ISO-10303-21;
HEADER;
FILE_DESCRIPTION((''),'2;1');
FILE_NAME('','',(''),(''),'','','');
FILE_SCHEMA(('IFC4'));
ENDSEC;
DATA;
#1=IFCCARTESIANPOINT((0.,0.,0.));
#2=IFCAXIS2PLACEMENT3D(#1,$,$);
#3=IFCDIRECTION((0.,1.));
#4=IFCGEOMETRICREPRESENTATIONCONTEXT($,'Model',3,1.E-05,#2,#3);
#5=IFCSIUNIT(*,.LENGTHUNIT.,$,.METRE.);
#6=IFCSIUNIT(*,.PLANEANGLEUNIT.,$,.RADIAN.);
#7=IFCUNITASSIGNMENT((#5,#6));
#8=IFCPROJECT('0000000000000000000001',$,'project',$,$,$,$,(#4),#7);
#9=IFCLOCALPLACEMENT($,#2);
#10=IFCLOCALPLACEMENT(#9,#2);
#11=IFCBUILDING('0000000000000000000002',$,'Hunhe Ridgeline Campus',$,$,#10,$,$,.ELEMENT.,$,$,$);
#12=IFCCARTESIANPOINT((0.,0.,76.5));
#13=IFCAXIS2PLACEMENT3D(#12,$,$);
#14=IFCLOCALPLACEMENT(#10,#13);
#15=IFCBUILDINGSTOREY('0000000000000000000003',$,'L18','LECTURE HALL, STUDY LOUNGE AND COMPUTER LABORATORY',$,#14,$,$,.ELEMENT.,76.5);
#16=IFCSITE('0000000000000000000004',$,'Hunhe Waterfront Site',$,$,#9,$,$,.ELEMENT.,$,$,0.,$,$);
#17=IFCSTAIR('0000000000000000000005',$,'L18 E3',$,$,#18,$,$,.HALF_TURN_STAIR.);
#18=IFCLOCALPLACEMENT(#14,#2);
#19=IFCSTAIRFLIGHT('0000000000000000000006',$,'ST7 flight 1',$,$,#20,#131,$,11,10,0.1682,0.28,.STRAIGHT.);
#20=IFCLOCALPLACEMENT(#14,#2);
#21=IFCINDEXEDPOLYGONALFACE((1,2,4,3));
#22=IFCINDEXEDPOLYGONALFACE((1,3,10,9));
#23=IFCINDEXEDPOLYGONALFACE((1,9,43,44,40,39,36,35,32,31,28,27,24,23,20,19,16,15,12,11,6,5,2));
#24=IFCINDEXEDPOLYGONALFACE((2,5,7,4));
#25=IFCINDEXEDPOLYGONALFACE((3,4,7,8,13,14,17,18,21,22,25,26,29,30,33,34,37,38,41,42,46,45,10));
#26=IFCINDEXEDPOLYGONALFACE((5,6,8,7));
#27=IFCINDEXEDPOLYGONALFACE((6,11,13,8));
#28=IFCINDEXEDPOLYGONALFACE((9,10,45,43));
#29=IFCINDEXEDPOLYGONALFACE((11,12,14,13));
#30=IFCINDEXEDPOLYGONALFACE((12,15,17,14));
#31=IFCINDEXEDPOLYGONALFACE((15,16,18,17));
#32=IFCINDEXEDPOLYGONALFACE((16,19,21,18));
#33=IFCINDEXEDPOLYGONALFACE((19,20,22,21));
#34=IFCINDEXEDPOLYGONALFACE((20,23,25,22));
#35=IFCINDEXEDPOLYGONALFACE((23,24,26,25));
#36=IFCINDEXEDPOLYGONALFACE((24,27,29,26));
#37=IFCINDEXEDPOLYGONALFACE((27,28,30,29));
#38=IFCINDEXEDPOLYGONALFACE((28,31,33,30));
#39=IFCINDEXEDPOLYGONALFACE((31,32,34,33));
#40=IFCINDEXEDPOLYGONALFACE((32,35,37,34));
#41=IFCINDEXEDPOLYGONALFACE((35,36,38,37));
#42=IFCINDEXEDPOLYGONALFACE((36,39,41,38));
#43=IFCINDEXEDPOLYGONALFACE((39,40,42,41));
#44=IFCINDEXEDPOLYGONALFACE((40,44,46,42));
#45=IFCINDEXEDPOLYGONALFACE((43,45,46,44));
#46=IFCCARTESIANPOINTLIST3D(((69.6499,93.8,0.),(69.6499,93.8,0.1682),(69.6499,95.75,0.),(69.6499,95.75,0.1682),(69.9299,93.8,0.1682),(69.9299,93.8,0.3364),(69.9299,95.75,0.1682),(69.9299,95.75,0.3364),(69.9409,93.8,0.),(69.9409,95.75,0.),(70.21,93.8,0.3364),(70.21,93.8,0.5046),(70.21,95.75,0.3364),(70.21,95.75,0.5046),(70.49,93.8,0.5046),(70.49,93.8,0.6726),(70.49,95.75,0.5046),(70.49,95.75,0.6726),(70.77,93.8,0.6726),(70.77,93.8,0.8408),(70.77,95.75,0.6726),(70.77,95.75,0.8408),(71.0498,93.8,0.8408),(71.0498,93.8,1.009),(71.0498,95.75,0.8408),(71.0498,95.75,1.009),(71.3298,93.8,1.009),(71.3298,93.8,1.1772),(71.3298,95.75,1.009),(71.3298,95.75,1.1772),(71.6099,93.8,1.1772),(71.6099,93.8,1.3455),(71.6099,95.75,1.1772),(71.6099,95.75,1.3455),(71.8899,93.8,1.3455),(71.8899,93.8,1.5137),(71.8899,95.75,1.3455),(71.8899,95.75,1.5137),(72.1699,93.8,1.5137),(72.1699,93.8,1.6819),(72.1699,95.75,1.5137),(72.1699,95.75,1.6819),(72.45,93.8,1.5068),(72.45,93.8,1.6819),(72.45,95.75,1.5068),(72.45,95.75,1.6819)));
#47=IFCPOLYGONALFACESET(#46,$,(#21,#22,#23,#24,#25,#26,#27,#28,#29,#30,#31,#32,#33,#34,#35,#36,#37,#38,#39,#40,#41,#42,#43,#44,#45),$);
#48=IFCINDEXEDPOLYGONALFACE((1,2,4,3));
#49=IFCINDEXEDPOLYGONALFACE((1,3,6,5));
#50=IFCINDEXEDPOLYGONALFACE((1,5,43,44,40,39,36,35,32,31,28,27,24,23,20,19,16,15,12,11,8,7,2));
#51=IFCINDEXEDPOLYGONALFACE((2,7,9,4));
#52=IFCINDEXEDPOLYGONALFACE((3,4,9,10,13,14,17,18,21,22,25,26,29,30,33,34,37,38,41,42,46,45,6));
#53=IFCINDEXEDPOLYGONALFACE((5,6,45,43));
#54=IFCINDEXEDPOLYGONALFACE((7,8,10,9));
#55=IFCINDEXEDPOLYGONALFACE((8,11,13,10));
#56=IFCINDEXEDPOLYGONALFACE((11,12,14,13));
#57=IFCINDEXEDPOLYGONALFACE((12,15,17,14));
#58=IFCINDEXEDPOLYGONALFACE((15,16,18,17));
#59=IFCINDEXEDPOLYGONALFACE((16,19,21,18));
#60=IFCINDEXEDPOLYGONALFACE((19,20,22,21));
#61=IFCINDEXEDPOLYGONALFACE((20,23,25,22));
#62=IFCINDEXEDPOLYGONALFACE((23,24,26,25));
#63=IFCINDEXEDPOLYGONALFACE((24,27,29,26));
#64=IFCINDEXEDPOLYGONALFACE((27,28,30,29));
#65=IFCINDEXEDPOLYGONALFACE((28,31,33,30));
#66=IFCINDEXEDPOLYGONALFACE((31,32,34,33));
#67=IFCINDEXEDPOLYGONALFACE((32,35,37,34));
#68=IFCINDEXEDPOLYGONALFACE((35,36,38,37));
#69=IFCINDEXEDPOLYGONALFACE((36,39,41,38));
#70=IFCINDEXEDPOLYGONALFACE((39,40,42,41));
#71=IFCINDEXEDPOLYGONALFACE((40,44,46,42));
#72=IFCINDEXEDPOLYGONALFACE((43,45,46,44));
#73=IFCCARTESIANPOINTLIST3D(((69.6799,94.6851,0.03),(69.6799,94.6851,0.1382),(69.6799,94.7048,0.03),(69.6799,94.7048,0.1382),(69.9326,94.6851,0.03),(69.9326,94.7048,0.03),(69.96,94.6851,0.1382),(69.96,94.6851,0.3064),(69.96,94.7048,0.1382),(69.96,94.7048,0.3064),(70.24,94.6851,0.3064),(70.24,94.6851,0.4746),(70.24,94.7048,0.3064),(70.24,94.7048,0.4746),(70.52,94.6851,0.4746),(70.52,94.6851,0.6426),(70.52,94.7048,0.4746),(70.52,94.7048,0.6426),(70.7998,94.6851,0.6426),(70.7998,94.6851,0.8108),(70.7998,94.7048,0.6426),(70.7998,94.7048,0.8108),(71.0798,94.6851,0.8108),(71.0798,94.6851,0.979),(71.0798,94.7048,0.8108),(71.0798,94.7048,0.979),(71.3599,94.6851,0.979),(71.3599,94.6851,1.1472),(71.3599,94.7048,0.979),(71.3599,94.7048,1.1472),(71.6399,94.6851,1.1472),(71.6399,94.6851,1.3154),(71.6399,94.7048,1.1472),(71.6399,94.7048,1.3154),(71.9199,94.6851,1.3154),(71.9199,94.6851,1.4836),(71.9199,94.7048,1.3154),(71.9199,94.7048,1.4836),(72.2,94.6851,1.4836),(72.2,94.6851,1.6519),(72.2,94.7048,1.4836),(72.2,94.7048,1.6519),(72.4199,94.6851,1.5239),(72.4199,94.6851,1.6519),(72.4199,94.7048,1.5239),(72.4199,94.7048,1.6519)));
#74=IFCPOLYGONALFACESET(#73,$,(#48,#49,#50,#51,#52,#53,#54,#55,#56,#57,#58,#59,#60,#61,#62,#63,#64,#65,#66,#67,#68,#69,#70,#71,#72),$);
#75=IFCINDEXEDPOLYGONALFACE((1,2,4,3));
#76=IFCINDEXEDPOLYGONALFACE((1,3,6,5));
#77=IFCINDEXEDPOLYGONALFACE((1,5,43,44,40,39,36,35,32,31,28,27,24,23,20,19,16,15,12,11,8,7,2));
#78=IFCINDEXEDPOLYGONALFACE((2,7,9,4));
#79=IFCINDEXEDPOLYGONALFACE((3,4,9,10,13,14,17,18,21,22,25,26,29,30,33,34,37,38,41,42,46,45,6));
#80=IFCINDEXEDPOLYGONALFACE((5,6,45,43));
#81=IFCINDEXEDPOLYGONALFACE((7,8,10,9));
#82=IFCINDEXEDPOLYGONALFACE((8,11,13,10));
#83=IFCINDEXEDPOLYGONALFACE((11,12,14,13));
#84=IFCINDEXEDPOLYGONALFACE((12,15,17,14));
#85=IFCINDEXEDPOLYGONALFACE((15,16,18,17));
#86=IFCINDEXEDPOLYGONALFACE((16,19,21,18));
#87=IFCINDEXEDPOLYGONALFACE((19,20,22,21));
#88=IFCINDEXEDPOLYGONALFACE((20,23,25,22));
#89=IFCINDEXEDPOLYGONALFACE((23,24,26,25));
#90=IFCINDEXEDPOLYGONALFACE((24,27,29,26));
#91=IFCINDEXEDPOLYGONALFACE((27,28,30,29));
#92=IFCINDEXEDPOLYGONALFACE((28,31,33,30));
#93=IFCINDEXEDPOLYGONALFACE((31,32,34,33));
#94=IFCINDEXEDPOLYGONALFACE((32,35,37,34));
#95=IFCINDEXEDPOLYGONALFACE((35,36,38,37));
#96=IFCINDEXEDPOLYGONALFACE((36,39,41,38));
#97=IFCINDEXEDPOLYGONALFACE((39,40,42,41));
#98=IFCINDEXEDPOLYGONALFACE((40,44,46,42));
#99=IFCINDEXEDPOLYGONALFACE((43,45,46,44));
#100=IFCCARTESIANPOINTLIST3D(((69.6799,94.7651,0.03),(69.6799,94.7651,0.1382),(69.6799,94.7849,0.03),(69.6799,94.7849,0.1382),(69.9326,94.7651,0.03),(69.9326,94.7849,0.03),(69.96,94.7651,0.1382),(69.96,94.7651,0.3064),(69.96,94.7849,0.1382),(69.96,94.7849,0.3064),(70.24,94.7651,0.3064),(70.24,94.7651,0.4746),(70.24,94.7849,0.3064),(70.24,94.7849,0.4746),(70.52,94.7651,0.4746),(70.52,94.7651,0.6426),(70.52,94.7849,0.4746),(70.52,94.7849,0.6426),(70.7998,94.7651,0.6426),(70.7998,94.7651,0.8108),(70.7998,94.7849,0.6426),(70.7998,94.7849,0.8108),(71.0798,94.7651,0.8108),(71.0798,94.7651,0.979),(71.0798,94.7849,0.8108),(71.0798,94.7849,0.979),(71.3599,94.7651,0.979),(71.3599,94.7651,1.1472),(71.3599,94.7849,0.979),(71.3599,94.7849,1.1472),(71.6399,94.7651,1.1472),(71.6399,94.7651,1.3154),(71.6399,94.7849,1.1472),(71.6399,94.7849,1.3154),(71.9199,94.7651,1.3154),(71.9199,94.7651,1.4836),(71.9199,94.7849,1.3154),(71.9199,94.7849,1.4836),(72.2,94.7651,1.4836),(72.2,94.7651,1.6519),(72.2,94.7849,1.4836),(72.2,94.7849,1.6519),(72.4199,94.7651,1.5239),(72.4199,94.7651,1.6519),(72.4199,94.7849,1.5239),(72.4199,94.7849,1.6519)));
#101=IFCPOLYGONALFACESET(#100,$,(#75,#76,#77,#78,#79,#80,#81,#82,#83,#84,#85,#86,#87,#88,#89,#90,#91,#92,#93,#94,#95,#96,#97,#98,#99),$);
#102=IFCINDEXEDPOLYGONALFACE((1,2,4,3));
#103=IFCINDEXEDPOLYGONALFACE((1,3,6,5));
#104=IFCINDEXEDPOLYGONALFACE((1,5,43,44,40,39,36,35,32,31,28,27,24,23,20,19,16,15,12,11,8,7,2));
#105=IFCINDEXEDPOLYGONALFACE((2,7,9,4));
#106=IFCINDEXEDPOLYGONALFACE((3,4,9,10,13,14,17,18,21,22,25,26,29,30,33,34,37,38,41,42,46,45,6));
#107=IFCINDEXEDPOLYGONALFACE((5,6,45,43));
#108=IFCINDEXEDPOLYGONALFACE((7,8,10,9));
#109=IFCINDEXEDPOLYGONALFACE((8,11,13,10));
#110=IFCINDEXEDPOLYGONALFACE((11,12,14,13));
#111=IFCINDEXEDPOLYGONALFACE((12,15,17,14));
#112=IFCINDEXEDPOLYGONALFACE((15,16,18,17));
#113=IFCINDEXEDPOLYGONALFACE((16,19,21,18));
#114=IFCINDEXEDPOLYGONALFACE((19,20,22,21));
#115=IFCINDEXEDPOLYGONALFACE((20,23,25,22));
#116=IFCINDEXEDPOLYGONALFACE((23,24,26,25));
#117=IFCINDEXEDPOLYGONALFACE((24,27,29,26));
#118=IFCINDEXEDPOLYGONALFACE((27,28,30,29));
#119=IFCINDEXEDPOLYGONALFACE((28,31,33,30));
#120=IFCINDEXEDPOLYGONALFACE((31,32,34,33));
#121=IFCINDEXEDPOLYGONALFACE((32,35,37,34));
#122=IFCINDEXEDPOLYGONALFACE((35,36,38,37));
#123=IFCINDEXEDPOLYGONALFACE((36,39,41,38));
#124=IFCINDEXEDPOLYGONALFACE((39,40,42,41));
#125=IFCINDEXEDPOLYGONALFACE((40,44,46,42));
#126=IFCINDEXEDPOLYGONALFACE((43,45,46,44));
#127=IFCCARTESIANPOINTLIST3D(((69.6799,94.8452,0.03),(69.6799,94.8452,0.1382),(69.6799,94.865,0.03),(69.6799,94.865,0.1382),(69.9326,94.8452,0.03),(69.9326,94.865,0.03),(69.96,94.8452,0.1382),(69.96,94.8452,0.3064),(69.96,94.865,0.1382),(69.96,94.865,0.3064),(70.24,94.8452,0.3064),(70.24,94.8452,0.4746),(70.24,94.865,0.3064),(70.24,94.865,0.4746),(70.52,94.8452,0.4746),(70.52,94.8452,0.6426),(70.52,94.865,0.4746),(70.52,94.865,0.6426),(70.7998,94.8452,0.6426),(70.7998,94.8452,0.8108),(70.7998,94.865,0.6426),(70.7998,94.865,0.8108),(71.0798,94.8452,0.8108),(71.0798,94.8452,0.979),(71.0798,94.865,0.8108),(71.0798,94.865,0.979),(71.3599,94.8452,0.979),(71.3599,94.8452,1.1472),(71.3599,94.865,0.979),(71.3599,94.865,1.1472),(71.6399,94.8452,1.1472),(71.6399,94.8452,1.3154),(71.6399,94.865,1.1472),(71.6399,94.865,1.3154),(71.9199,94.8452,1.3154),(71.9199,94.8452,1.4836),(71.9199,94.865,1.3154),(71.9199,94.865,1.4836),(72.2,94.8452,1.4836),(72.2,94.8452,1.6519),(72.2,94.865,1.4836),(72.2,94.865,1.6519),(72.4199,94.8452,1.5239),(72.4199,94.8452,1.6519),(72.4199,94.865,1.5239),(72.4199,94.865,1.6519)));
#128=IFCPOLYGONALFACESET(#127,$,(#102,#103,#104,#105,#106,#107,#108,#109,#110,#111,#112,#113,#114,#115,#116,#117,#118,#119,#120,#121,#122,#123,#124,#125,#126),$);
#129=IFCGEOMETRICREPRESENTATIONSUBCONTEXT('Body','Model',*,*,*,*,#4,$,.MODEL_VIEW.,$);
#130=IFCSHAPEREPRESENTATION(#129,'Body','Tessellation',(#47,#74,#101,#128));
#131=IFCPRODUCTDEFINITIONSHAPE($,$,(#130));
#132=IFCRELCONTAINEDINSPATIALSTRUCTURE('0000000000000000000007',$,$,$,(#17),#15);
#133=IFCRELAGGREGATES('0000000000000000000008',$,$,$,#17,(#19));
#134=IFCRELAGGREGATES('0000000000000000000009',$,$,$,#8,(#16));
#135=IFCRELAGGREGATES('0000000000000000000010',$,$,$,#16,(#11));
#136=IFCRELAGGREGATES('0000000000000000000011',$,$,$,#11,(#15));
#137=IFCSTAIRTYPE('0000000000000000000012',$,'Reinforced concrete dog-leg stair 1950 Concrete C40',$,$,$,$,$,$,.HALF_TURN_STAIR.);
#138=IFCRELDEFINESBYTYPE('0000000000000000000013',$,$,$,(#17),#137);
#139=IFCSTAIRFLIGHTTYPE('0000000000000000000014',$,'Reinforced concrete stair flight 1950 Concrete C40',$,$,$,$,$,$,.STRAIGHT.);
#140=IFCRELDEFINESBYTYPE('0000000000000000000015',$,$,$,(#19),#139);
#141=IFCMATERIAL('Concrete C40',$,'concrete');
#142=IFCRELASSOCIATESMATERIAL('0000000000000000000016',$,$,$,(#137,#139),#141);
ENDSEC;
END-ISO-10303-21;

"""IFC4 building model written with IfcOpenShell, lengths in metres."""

from ifc_helpers import new_model, si_unit, direction, frame, origin, place, context, subcontext, project, spatial, polyline, outline, extrude, material, type_object, element, aggregate, save


model = new_model("IFC4")

# Units and contexts
model_context = context("Model", 3, precision=1e-05, world=origin(), true_north=direction((0.0, 1.0)))
body_context = subcontext(model_context, "Body", "Model", "MODEL_VIEW")
ifc_project = project(units=[si_unit("LENGTHUNIT", "METRE"), si_unit("PLANEANGLEUNIT", "RADIAN")], contexts=[model_context])

# Site, building, storey
site_placement = place(None, origin())
site = spatial("IfcSite", under=ifc_project, at=site_placement, Name="Hunhe Waterfront Site", CompositionType="ELEMENT", RefElevation=0.0)
building_placement = place(site_placement, origin())
building = spatial("IfcBuilding", under=site, at=building_placement, Name="Hunhe Ridgeline Campus", CompositionType="ELEMENT")
storey_placement = place(building_placement, frame((0.0, 0.0, 76.5)))
storey = spatial("IfcBuildingStorey", under=building, at=storey_placement, Name="L18", Description="LECTURE HALL, STUDY LOUNGE AND COMPUTER LABORATORY", CompositionType="ELEMENT", Elevation=76.5)

# Shared definitions
ifc_material_1 = material(Name="Concrete C40", Category="concrete")
stair_type = type_object("IfcStairType", Name="Reinforced concrete dog-leg stair 1950 Concrete C40", PredefinedType="HALF_TURN_STAIR", material=ifc_material_1)
stair_flight_type = type_object("IfcStairFlightType", Name="Reinforced concrete stair flight 1950 Concrete C40", PredefinedType="STRAIGHT", material=ifc_material_1)

# Stair, stair flight
stair_1_placement = place(storey_placement, origin())
stair_1 = element("IfcStair", 1, at=stair_1_placement, inside=storey, type_object=stair_type, Name="L18 E3", PredefinedType="HALF_TURN_STAIR")
stair_flight_1_placement = place(storey_placement, frame((69.6499, 94.7749, 0.0), z_axis=(0.0, 0.0, 1.0), x_axis=(1.0, 0.0, 0.0)))
stair_flight_1 = element("IfcStairFlight", 2, at=stair_flight_1_placement, type_object=stair_flight_type, Name="ST7 flight 1", NumberOfRisers=11, NumberOfTreads=10, PredefinedType="STRAIGHT", RiserHeight=0.1682, TreadLength=0.28, context=body_context, shape_type="SweptSolid", body=[
    extrude(outline(polyline([(0.0, 0.0), (0.0, 0.1682), (0.28, 0.1682), (0.28, 0.3364), (0.5601, 0.3364), (0.5601, 0.5046), (0.8401, 0.5046), (0.8401, 0.6726), (1.1201, 0.6726), (1.1201, 0.8408), (1.3999, 0.8408), (1.3999, 1.009), (1.6799, 1.009), (1.6799, 1.1772), (1.96, 1.1772), (1.96, 1.3455), (2.24, 1.3455), (2.24, 1.5137), (2.52, 1.5137), (2.52, 1.6819), (2.8, 1.6819), (2.8, 1.8501), (2.8, 1.5068), (0.291, 0.0), (0.0, 0.0)])), frame((0.0, 0.9751, 0.0), z_axis=(0.0, -1.0, 0.0), x_axis=(1.0, 0.0, 0.0)), (0.0, 0.0, 1.0), 1.95),
    extrude(outline(polyline([(0.03, 0.03), (0.03, 0.1382), (0.3101, 0.1382), (0.3101, 0.3064), (0.5901, 0.3064), (0.5901, 0.4746), (0.8701, 0.4746), (0.8701, 0.6426), (1.1499, 0.6426), (1.1499, 0.8108), (1.4299, 0.8108), (1.4299, 0.979), (1.71, 0.979), (1.71, 1.1472), (1.99, 1.1472), (1.99, 1.3154), (2.27, 1.3154), (2.27, 1.4836), (2.55, 1.4836), (2.55, 1.6519), (2.77, 1.6519), (2.77, 1.5239), (0.2827, 0.03), (0.03, 0.03)])), frame((0.0, -0.0701, 0.0), z_axis=(0.0, -1.0, 0.0), x_axis=(1.0, 0.0, 0.0)), (0.0, 0.0, 1.0), 0.0198),
    extrude(outline(polyline([(0.03, 0.03), (0.03, 0.1382), (0.3101, 0.1382), (0.3101, 0.3064), (0.5901, 0.3064), (0.5901, 0.4746), (0.8701, 0.4746), (0.8701, 0.6426), (1.1499, 0.6426), (1.1499, 0.8108), (1.4299, 0.8108), (1.4299, 0.979), (1.71, 0.979), (1.71, 1.1472), (1.99, 1.1472), (1.99, 1.3154), (2.27, 1.3154), (2.27, 1.4836), (2.55, 1.4836), (2.55, 1.6519), (2.77, 1.6519), (2.77, 1.5239), (0.2827, 0.03), (0.03, 0.03)])), frame((0.0, 0.01, 0.0), z_axis=(0.0, -1.0, 0.0), x_axis=(1.0, 0.0, 0.0)), (0.0, 0.0, 1.0), 0.0198),
    extrude(outline(polyline([(0.03, 0.03), (0.03, 0.1382), (0.3101, 0.1382), (0.3101, 0.3064), (0.5901, 0.3064), (0.5901, 0.4746), (0.8701, 0.4746), (0.8701, 0.6426), (1.1499, 0.6426), (1.1499, 0.8108), (1.4299, 0.8108), (1.4299, 0.979), (1.71, 0.979), (1.71, 1.1472), (1.99, 1.1472), (1.99, 1.3154), (2.27, 1.3154), (2.27, 1.4836), (2.55, 1.4836), (2.55, 1.6519), (2.77, 1.6519), (2.77, 1.5239), (0.2827, 0.03), (0.03, 0.03)])), frame((0.0, 0.0901, 0.0), z_axis=(0.0, -1.0, 0.0), x_axis=(1.0, 0.0, 0.0)), (0.0, 0.0, 1.0), 0.0198),
])
aggregate(stair_1, [stair_flight_1])

save(model, "model.ifc")
